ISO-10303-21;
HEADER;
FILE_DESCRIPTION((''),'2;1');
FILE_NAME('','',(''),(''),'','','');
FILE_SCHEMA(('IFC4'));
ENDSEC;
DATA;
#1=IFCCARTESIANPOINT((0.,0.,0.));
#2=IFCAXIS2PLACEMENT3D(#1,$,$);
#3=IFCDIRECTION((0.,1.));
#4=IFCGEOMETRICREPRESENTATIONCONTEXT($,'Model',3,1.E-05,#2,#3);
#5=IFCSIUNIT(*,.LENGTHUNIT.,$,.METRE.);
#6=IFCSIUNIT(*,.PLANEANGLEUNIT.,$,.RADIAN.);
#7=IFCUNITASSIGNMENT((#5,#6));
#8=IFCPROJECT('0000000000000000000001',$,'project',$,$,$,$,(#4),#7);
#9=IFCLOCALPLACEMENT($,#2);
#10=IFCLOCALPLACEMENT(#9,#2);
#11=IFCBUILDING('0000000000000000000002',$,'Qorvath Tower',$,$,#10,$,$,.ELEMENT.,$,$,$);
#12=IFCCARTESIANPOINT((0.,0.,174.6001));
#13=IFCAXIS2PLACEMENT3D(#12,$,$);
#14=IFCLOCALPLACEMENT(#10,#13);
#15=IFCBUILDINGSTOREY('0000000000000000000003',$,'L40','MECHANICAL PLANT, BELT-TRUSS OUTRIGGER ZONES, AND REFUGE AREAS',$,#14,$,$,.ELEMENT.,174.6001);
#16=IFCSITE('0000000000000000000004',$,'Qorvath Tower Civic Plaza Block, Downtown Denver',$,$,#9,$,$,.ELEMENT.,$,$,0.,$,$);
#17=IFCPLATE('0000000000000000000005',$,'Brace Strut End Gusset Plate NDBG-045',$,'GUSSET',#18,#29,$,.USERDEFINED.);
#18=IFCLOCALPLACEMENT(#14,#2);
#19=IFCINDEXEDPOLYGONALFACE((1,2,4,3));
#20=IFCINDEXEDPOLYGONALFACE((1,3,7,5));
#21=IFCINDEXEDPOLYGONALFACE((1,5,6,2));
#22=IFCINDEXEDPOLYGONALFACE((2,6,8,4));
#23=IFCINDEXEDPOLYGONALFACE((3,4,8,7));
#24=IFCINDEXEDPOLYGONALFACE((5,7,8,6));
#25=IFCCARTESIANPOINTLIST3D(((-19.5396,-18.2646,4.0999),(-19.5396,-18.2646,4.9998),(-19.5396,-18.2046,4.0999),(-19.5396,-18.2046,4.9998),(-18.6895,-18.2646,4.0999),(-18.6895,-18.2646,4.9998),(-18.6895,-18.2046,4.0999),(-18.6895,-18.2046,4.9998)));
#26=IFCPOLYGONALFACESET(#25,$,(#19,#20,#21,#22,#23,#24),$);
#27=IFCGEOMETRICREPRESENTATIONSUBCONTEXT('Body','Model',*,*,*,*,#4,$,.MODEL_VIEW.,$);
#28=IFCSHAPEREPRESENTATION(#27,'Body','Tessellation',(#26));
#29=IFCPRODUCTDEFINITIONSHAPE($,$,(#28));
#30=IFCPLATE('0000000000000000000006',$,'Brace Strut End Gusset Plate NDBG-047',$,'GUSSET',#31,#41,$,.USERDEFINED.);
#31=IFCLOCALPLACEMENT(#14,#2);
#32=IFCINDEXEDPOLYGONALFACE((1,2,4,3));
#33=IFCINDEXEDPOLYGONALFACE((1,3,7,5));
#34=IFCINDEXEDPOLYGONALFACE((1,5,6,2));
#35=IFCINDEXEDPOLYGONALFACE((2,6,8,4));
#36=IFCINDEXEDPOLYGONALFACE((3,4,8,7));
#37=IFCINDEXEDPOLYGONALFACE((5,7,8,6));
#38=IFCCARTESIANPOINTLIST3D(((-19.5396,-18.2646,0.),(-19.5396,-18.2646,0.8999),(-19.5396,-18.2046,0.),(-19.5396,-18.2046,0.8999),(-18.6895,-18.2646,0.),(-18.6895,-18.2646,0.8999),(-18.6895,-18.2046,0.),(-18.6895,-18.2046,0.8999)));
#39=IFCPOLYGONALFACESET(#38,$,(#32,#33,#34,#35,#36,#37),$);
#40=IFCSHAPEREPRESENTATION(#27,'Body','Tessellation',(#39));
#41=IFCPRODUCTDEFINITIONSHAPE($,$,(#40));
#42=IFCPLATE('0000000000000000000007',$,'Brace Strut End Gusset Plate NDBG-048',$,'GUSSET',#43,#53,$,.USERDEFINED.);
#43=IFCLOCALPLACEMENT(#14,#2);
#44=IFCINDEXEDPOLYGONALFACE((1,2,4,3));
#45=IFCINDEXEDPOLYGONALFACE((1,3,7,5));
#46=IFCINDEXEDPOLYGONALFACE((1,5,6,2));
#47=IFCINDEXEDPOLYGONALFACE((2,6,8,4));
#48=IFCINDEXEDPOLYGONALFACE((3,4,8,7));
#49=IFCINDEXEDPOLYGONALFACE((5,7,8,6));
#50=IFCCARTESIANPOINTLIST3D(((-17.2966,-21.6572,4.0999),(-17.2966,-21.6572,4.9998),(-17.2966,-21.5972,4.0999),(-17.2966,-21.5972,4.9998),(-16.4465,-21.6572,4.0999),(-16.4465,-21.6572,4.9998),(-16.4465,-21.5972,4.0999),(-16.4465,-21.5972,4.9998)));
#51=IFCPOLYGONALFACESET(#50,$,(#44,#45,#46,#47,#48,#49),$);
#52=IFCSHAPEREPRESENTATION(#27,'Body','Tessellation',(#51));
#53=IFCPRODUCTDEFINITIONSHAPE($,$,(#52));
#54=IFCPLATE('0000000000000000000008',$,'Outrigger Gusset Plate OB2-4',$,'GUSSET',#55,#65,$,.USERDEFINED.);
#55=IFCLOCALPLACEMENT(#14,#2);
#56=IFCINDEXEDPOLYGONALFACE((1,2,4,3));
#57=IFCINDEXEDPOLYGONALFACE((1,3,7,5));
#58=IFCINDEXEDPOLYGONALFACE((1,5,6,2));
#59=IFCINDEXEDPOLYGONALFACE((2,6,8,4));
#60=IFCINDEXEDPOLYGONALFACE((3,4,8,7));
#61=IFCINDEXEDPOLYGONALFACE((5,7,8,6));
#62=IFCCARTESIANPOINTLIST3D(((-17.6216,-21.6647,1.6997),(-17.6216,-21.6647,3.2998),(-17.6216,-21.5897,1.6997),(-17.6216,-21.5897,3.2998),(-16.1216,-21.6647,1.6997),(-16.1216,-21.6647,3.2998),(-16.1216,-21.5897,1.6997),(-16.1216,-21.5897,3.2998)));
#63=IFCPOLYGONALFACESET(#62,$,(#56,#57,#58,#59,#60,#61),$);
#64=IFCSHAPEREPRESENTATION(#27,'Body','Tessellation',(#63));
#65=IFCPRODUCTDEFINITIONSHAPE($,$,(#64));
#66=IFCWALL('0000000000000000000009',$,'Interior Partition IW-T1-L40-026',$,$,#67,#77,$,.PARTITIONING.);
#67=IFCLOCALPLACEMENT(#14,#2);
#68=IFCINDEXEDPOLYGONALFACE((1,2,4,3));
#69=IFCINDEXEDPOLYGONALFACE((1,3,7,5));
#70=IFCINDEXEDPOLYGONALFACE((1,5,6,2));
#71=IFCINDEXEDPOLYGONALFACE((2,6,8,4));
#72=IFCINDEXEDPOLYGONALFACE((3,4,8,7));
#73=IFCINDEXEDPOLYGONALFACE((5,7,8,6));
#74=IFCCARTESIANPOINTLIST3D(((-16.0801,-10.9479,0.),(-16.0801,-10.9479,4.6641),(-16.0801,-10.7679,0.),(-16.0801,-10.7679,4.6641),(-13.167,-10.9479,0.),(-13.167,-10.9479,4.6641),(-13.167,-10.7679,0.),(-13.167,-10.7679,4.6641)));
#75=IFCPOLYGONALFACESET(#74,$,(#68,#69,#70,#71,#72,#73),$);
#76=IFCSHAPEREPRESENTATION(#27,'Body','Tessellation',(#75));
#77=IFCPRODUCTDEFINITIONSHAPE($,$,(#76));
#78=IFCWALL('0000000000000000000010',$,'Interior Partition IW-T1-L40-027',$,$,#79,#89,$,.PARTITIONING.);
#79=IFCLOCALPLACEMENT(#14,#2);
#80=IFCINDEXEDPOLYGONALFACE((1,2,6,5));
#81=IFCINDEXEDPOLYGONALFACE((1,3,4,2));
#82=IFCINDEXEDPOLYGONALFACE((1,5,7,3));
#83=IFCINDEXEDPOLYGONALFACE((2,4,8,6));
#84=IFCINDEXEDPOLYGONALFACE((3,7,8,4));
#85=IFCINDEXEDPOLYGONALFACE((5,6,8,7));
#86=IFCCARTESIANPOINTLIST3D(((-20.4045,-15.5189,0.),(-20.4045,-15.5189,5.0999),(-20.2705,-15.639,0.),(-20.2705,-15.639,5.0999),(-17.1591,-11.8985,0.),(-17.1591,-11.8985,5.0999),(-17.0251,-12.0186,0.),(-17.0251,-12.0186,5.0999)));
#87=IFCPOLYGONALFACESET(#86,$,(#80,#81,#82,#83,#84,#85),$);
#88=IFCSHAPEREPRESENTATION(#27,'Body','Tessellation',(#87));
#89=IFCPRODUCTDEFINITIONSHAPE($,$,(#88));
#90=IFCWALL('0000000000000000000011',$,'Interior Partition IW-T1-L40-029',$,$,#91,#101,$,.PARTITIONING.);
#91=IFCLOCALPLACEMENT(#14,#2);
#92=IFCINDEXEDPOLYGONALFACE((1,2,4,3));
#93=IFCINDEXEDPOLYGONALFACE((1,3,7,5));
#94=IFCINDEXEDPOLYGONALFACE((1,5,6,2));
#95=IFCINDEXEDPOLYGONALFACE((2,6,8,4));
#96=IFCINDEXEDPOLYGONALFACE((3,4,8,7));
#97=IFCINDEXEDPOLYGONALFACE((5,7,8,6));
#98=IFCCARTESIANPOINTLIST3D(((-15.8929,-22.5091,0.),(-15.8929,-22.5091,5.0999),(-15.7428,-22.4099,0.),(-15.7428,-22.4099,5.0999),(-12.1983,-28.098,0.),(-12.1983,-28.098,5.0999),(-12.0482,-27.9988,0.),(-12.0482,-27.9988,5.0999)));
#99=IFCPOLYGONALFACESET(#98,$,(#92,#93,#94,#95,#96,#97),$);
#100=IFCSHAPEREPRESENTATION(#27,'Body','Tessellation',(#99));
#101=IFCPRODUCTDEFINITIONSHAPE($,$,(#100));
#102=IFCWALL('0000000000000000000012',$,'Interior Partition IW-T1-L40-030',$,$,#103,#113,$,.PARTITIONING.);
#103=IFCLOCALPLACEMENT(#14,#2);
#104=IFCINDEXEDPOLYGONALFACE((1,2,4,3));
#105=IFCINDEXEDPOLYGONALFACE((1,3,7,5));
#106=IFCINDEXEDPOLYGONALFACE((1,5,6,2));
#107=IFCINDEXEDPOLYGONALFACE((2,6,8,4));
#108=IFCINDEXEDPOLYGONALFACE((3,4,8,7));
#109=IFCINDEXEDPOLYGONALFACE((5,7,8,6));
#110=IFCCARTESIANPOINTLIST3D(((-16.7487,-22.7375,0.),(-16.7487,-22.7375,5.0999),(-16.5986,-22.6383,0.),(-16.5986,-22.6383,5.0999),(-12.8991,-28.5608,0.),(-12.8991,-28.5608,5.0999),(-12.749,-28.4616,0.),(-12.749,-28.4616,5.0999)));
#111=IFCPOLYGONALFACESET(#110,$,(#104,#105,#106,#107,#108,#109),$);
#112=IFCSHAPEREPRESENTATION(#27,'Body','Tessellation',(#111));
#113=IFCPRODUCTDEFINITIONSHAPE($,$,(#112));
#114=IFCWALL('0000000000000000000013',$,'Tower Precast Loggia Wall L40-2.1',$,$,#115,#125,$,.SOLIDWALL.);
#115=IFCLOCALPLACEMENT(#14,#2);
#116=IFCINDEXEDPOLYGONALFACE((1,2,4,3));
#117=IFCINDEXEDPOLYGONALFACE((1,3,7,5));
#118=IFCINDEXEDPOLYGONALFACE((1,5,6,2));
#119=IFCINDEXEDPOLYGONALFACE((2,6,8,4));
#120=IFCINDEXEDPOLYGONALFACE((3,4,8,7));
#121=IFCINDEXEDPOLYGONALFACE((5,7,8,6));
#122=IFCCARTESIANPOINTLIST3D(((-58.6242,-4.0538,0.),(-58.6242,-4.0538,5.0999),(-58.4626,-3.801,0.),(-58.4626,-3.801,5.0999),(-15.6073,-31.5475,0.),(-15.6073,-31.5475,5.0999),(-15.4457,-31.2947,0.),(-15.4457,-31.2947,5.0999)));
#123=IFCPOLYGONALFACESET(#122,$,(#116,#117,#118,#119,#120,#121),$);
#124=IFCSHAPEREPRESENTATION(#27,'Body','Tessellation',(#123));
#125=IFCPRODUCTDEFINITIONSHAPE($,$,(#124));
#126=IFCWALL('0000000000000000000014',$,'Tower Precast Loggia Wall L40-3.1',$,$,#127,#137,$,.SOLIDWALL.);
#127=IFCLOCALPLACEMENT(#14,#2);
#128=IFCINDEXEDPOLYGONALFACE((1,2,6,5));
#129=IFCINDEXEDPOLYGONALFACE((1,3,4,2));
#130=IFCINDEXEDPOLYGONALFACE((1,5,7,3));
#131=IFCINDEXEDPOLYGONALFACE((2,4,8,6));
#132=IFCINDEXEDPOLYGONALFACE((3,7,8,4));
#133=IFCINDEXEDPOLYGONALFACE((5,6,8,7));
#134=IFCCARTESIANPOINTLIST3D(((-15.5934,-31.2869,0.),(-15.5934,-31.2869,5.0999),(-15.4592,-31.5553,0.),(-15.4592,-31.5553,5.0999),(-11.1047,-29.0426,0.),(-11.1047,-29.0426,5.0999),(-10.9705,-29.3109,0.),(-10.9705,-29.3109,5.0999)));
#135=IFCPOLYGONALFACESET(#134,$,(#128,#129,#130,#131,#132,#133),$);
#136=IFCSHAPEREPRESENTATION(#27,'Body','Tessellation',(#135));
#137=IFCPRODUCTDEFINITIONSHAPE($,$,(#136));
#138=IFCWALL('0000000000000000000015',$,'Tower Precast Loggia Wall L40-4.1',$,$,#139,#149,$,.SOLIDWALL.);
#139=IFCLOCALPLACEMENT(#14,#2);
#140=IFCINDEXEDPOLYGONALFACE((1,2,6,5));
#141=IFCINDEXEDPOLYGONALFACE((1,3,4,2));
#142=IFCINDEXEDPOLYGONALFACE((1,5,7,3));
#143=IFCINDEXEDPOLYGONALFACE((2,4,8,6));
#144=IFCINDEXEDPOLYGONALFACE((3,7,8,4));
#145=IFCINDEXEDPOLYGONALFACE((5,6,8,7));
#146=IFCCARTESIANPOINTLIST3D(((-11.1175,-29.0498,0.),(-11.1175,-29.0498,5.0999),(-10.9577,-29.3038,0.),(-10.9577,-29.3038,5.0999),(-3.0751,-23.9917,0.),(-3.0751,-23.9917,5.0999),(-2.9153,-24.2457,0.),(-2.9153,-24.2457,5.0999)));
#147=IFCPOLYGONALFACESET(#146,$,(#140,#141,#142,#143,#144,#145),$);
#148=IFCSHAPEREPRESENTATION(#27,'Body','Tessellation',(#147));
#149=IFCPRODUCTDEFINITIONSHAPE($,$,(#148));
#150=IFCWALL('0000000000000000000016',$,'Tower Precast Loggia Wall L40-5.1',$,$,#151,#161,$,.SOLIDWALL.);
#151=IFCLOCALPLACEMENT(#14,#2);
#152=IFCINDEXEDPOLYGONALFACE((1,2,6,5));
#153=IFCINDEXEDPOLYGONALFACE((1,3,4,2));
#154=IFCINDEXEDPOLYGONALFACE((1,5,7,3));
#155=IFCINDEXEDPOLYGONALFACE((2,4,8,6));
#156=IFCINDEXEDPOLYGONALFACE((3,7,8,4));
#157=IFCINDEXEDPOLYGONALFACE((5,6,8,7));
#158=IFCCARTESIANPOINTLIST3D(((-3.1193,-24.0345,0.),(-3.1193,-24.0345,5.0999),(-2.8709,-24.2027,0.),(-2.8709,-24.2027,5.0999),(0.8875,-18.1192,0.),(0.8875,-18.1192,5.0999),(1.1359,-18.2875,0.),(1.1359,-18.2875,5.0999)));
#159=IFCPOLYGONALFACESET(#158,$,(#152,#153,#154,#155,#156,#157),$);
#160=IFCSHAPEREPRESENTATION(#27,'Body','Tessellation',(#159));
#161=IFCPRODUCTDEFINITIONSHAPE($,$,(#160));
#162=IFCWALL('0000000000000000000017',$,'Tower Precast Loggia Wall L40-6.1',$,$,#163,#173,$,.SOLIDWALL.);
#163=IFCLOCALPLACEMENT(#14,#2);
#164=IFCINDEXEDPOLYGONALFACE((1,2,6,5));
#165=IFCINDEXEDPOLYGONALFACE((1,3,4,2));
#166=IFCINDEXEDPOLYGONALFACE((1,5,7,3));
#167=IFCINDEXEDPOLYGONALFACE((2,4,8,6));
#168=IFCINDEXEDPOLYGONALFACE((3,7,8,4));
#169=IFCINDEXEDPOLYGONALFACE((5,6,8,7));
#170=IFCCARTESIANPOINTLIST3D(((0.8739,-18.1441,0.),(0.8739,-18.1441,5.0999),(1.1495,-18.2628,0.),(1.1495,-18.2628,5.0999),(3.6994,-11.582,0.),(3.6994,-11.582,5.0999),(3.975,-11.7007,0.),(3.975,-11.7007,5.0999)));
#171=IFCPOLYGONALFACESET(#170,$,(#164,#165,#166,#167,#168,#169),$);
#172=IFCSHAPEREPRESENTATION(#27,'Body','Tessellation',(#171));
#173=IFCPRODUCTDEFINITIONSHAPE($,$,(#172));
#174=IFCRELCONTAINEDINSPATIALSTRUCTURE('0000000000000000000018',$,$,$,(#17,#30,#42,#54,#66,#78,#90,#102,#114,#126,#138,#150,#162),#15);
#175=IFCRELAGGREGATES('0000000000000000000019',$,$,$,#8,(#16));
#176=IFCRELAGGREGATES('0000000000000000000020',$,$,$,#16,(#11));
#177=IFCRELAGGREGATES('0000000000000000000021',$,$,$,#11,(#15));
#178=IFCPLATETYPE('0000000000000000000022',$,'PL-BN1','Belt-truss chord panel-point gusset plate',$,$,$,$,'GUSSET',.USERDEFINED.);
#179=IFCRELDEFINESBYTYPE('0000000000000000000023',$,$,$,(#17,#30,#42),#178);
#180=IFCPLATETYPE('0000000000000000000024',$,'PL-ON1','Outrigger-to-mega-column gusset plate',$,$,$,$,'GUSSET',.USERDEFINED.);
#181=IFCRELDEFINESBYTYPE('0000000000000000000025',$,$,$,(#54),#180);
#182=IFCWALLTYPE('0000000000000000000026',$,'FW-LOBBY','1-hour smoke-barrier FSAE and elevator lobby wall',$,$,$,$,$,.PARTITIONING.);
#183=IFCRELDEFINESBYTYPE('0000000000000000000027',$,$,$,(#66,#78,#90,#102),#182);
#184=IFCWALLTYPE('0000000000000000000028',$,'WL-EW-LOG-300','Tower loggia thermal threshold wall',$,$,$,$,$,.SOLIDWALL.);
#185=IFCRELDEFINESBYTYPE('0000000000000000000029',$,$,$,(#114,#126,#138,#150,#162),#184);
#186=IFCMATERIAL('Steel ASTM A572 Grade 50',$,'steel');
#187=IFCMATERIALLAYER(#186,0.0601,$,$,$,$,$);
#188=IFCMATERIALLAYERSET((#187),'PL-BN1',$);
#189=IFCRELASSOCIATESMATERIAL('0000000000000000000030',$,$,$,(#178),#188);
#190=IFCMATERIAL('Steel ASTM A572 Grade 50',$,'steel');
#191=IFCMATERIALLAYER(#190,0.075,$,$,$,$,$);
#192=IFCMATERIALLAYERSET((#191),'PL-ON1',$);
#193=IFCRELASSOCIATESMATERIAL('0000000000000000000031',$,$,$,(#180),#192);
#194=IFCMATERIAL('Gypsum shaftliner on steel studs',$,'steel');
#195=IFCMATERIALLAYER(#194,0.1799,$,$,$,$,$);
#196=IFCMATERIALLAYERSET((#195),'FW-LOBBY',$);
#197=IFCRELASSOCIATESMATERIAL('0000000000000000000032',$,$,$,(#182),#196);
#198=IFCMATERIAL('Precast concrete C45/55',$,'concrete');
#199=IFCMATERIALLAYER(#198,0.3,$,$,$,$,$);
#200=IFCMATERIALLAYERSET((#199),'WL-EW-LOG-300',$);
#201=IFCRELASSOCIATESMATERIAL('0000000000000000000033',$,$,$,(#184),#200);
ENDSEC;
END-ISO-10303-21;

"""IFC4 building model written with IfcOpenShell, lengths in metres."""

from ifc_helpers import new_model, si_unit, direction, frame, frame_2d, origin, origin_2d, place, context, subcontext, project, spatial, rectangle, extrude, material, layer, layer_set, type_object, element, save


model = new_model("IFC4")

# Units and contexts
model_context = context("Model", 3, precision=1e-05, world=origin(), true_north=direction((0.0, 1.0)))
body_context = subcontext(model_context, "Body", "Model", "MODEL_VIEW")
ifc_project = project(units=[si_unit("LENGTHUNIT", "METRE"), si_unit("PLANEANGLEUNIT", "RADIAN")], contexts=[model_context])

# Site, building, storey
site_placement = place(None, origin())
site = spatial("IfcSite", under=ifc_project, at=site_placement, Name="Qorvath Tower Civic Plaza Block, Downtown Denver", CompositionType="ELEMENT", RefElevation=0.0)
building_placement = place(site_placement, origin())
building = spatial("IfcBuilding", under=site, at=building_placement, Name="Qorvath Tower", CompositionType="ELEMENT")
storey_placement = place(building_placement, frame((0.0, 0.0, 174.6001)))
storey = spatial("IfcBuildingStorey", under=building, at=storey_placement, Name="L40", Description="MECHANICAL PLANT, BELT-TRUSS OUTRIGGER ZONES, AND REFUGE AREAS", CompositionType="ELEMENT", Elevation=174.6001)

# Plates
ifc_material_1 = material(Name="Steel ASTM A572 Grade 50", Category="steel")
ifc_layer_1 = layer(ifc_material_1, 0.0601)
ifc_layer_set_1 = layer_set([ifc_layer_1], Name="PL-BN1")
plate_type_1 = type_object("IfcPlateType", Name="PL-BN1", Description="Belt-truss chord panel-point gusset plate", ElementType="GUSSET", PredefinedType="USERDEFINED", material=ifc_layer_set_1)
for number, where, z_axis, x_axis, name in (
    (1, (-19.1145, -18.2346, 4.0999), (0.0, 0.0, 1.0), (1.0, 0.0, 0.0), "Brace Strut End Gusset Plate NDBG-045"),
    (2, (-19.1145, -18.2346, 0.0), (0.0, 0.0, 1.0), (1.0, 0.0, 0.0), "Brace Strut End Gusset Plate NDBG-047"),
    (3, (-16.8716, -21.6272, 4.0999), (0.0, 0.0, 1.0), (1.0, 0.0, 0.0), "Brace Strut End Gusset Plate NDBG-048"),
):
    element("IfcPlate", number, at=place(storey_placement, frame(where, z_axis=z_axis, x_axis=x_axis)), inside=storey, type_object=plate_type_1, Name=name, ObjectType="GUSSET", PredefinedType="USERDEFINED", context=body_context, shape_type="SweptSolid", body=[
        extrude(rectangle(XDim=0.8501, YDim=0.0601, at=origin_2d()), origin(), (0.0, 0.0, 1.0), 0.8999),
    ])
ifc_material_2 = material(Name="Steel ASTM A572 Grade 50", Category="steel")
ifc_layer_2 = layer(ifc_material_2, 0.075)
ifc_layer_set_2 = layer_set([ifc_layer_2], Name="PL-ON1")
plate_type_2 = type_object("IfcPlateType", Name="PL-ON1", Description="Outrigger-to-mega-column gusset plate", ElementType="GUSSET", PredefinedType="USERDEFINED", material=ifc_layer_set_2)
plate_1_placement = place(storey_placement, frame((-16.8716, -21.6272, 1.6997), z_axis=(0.0, 0.0, 1.0), x_axis=(1.0, 0.0, 0.0)))
element("IfcPlate", 4, at=plate_1_placement, inside=storey, type_object=plate_type_2, Name="Outrigger Gusset Plate OB2-4", ObjectType="GUSSET", PredefinedType="USERDEFINED", context=body_context, shape_type="SweptSolid", body=[
    extrude(rectangle(XDim=1.5, YDim=0.075, at=origin_2d()), origin(), (0.0, 0.0, 1.0), 1.6001),
])

# Walls
ifc_material_3 = material(Name="Gypsum shaftliner on steel studs", Category="steel")
ifc_layer_3 = layer(ifc_material_3, 0.1799)
ifc_layer_set_3 = layer_set([ifc_layer_3], Name="FW-LOBBY")
wall_type_1 = type_object("IfcWallType", Name="FW-LOBBY", Description="1-hour smoke-barrier FSAE and elevator lobby wall", PredefinedType="PARTITIONING", material=ifc_layer_set_3)
wall_1_placement = place(storey_placement, frame((-13.167, -10.8579, 0.0), z_axis=(0.0, 0.0, 1.0), x_axis=(-1.0, 0.0, 0.0)))
element("IfcWall", 5, at=wall_1_placement, inside=storey, type_object=wall_type_1, Name="Interior Partition IW-T1-L40-026", PredefinedType="PARTITIONING", context=body_context, shape_type="SweptSolid", body=[
    extrude(rectangle(XDim=2.9131, YDim=0.1799, at=frame_2d((1.4565, 0.0))), origin(), (0.0, 0.0, 1.0), 4.6641),
])
wall_2_placement = place(storey_placement, frame((-17.092, -11.9585, 0.0), z_axis=(0.0, 0.0, 1.0), x_axis=(-0.66749, -0.744618, 0.0)))
element("IfcWall", 6, at=wall_2_placement, inside=storey, type_object=wall_type_1, Name="Interior Partition IW-T1-L40-027", PredefinedType="PARTITIONING", context=body_context, shape_type="SweptSolid", body=[
    extrude(rectangle(XDim=4.8621, YDim=0.1799, at=frame_2d((2.4312, 0.0))), origin(), (0.0, 0.0, 1.0), 5.0999),
])
wall_3_placement = place(storey_placement, frame((-15.8179, -22.4595, 0.0), z_axis=(0.0, 0.0, 1.0), x_axis=(0.551458, -0.834202, 0.0)))
element("IfcWall", 7, at=wall_3_placement, inside=storey, type_object=wall_type_1, Name="Interior Partition IW-T1-L40-029", PredefinedType="PARTITIONING", context=body_context, shape_type="SweptSolid", body=[
    extrude(rectangle(XDim=6.6997, YDim=0.1799, at=frame_2d((3.3499, 0.0))), origin(), (0.0, 0.0, 1.0), 5.0999),
])
wall_4_placement = place(storey_placement, frame((-16.6736, -22.688, 0.0), z_axis=(0.0, 0.0, 1.0), x_axis=(0.551468, -0.834196, 0.0)))
element("IfcWall", 8, at=wall_4_placement, inside=storey, type_object=wall_type_1, Name="Interior Partition IW-T1-L40-030", PredefinedType="PARTITIONING", context=body_context, shape_type="SweptSolid", body=[
    extrude(rectangle(XDim=6.9807, YDim=0.1799, at=frame_2d((3.4902, 0.0))), origin(), (0.0, 0.0, 1.0), 5.0999),
])
ifc_material_4 = material(Name="Precast concrete C45/55", Category="concrete")
ifc_layer_4 = layer(ifc_material_4, 0.3)
ifc_layer_set_4 = layer_set([ifc_layer_4], Name="WL-EW-LOG-300")
wall_type_2 = type_object("IfcWallType", Name="WL-EW-LOG-300", Description="Tower loggia thermal threshold wall", PredefinedType="SOLIDWALL", material=ifc_layer_set_4)
wall_5_placement = place(storey_placement, frame((-15.5264, -31.4211, 0.0), z_axis=(0.0, 0.0, 1.0), x_axis=(-0.842601, 0.538538, 0.0)))
element("IfcWall", 9, at=wall_5_placement, inside=storey, type_object=wall_type_2, Name="Tower Precast Loggia Wall L40-2.1", PredefinedType="SOLIDWALL", context=body_context, shape_type="SweptSolid", body=[
    extrude(rectangle(XDim=51.0525, YDim=0.3, at=frame_2d((25.5264, 0.0))), origin(), (0.0, 0.0, 1.0), 5.0999),
])
wall_6_placement = place(storey_placement, frame((-11.0376, -29.1768, 0.0), z_axis=(0.0, 0.0, 1.0), x_axis=(-0.894427, -0.447214, 0.0)))
element("IfcWall", 10, at=wall_6_placement, inside=storey, type_object=wall_type_2, Name="Tower Precast Loggia Wall L40-3.1", PredefinedType="SOLIDWALL", context=body_context, shape_type="SweptSolid", body=[
    extrude(rectangle(XDim=5.0186, YDim=0.3, at=frame_2d((2.5093, 0.0))), origin(), (0.0, 0.0, 1.0), 5.0999),
])
wall_7_placement = place(storey_placement, frame((-2.9951, -24.1187, 0.0), z_axis=(0.0, 0.0, 1.0), x_axis=(-0.846502, -0.532385, 0.0)))
element("IfcWall", 11, at=wall_7_placement, inside=storey, type_object=wall_type_2, Name="Tower Precast Loggia Wall L40-4.1", PredefinedType="SOLIDWALL", context=body_context, shape_type="SweptSolid", body=[
    extrude(rectangle(XDim=9.5007, YDim=0.3, at=frame_2d((4.7505, 0.0))), origin(), (0.0, 0.0, 1.0), 5.0999),
])
for number, where, z_axis, x_axis, name in (
    (12, (1.0117, -18.2034, 0.0), (0.0, 0.0, 1.0), (-0.56082, -0.827938, 0.0), "Tower Precast Loggia Wall L40-5.1"),
    (13, (3.8372, -11.6414, 0.0), (0.0, 0.0, 1.0), (-0.395474, -0.918477, 0.0), "Tower Precast Loggia Wall L40-6.1"),
):
    element("IfcWall", number, at=place(storey_placement, frame(where, z_axis=z_axis, x_axis=x_axis)), inside=storey, type_object=wall_type_2, Name=name, PredefinedType="SOLIDWALL", context=body_context, shape_type="SweptSolid", body=[
        extrude(rectangle(XDim=7.1445, YDim=0.3, at=frame_2d((3.5723, 0.0))), origin(), (0.0, 0.0, 1.0), 5.0999),
    ])

save(model, "model.ifc")
